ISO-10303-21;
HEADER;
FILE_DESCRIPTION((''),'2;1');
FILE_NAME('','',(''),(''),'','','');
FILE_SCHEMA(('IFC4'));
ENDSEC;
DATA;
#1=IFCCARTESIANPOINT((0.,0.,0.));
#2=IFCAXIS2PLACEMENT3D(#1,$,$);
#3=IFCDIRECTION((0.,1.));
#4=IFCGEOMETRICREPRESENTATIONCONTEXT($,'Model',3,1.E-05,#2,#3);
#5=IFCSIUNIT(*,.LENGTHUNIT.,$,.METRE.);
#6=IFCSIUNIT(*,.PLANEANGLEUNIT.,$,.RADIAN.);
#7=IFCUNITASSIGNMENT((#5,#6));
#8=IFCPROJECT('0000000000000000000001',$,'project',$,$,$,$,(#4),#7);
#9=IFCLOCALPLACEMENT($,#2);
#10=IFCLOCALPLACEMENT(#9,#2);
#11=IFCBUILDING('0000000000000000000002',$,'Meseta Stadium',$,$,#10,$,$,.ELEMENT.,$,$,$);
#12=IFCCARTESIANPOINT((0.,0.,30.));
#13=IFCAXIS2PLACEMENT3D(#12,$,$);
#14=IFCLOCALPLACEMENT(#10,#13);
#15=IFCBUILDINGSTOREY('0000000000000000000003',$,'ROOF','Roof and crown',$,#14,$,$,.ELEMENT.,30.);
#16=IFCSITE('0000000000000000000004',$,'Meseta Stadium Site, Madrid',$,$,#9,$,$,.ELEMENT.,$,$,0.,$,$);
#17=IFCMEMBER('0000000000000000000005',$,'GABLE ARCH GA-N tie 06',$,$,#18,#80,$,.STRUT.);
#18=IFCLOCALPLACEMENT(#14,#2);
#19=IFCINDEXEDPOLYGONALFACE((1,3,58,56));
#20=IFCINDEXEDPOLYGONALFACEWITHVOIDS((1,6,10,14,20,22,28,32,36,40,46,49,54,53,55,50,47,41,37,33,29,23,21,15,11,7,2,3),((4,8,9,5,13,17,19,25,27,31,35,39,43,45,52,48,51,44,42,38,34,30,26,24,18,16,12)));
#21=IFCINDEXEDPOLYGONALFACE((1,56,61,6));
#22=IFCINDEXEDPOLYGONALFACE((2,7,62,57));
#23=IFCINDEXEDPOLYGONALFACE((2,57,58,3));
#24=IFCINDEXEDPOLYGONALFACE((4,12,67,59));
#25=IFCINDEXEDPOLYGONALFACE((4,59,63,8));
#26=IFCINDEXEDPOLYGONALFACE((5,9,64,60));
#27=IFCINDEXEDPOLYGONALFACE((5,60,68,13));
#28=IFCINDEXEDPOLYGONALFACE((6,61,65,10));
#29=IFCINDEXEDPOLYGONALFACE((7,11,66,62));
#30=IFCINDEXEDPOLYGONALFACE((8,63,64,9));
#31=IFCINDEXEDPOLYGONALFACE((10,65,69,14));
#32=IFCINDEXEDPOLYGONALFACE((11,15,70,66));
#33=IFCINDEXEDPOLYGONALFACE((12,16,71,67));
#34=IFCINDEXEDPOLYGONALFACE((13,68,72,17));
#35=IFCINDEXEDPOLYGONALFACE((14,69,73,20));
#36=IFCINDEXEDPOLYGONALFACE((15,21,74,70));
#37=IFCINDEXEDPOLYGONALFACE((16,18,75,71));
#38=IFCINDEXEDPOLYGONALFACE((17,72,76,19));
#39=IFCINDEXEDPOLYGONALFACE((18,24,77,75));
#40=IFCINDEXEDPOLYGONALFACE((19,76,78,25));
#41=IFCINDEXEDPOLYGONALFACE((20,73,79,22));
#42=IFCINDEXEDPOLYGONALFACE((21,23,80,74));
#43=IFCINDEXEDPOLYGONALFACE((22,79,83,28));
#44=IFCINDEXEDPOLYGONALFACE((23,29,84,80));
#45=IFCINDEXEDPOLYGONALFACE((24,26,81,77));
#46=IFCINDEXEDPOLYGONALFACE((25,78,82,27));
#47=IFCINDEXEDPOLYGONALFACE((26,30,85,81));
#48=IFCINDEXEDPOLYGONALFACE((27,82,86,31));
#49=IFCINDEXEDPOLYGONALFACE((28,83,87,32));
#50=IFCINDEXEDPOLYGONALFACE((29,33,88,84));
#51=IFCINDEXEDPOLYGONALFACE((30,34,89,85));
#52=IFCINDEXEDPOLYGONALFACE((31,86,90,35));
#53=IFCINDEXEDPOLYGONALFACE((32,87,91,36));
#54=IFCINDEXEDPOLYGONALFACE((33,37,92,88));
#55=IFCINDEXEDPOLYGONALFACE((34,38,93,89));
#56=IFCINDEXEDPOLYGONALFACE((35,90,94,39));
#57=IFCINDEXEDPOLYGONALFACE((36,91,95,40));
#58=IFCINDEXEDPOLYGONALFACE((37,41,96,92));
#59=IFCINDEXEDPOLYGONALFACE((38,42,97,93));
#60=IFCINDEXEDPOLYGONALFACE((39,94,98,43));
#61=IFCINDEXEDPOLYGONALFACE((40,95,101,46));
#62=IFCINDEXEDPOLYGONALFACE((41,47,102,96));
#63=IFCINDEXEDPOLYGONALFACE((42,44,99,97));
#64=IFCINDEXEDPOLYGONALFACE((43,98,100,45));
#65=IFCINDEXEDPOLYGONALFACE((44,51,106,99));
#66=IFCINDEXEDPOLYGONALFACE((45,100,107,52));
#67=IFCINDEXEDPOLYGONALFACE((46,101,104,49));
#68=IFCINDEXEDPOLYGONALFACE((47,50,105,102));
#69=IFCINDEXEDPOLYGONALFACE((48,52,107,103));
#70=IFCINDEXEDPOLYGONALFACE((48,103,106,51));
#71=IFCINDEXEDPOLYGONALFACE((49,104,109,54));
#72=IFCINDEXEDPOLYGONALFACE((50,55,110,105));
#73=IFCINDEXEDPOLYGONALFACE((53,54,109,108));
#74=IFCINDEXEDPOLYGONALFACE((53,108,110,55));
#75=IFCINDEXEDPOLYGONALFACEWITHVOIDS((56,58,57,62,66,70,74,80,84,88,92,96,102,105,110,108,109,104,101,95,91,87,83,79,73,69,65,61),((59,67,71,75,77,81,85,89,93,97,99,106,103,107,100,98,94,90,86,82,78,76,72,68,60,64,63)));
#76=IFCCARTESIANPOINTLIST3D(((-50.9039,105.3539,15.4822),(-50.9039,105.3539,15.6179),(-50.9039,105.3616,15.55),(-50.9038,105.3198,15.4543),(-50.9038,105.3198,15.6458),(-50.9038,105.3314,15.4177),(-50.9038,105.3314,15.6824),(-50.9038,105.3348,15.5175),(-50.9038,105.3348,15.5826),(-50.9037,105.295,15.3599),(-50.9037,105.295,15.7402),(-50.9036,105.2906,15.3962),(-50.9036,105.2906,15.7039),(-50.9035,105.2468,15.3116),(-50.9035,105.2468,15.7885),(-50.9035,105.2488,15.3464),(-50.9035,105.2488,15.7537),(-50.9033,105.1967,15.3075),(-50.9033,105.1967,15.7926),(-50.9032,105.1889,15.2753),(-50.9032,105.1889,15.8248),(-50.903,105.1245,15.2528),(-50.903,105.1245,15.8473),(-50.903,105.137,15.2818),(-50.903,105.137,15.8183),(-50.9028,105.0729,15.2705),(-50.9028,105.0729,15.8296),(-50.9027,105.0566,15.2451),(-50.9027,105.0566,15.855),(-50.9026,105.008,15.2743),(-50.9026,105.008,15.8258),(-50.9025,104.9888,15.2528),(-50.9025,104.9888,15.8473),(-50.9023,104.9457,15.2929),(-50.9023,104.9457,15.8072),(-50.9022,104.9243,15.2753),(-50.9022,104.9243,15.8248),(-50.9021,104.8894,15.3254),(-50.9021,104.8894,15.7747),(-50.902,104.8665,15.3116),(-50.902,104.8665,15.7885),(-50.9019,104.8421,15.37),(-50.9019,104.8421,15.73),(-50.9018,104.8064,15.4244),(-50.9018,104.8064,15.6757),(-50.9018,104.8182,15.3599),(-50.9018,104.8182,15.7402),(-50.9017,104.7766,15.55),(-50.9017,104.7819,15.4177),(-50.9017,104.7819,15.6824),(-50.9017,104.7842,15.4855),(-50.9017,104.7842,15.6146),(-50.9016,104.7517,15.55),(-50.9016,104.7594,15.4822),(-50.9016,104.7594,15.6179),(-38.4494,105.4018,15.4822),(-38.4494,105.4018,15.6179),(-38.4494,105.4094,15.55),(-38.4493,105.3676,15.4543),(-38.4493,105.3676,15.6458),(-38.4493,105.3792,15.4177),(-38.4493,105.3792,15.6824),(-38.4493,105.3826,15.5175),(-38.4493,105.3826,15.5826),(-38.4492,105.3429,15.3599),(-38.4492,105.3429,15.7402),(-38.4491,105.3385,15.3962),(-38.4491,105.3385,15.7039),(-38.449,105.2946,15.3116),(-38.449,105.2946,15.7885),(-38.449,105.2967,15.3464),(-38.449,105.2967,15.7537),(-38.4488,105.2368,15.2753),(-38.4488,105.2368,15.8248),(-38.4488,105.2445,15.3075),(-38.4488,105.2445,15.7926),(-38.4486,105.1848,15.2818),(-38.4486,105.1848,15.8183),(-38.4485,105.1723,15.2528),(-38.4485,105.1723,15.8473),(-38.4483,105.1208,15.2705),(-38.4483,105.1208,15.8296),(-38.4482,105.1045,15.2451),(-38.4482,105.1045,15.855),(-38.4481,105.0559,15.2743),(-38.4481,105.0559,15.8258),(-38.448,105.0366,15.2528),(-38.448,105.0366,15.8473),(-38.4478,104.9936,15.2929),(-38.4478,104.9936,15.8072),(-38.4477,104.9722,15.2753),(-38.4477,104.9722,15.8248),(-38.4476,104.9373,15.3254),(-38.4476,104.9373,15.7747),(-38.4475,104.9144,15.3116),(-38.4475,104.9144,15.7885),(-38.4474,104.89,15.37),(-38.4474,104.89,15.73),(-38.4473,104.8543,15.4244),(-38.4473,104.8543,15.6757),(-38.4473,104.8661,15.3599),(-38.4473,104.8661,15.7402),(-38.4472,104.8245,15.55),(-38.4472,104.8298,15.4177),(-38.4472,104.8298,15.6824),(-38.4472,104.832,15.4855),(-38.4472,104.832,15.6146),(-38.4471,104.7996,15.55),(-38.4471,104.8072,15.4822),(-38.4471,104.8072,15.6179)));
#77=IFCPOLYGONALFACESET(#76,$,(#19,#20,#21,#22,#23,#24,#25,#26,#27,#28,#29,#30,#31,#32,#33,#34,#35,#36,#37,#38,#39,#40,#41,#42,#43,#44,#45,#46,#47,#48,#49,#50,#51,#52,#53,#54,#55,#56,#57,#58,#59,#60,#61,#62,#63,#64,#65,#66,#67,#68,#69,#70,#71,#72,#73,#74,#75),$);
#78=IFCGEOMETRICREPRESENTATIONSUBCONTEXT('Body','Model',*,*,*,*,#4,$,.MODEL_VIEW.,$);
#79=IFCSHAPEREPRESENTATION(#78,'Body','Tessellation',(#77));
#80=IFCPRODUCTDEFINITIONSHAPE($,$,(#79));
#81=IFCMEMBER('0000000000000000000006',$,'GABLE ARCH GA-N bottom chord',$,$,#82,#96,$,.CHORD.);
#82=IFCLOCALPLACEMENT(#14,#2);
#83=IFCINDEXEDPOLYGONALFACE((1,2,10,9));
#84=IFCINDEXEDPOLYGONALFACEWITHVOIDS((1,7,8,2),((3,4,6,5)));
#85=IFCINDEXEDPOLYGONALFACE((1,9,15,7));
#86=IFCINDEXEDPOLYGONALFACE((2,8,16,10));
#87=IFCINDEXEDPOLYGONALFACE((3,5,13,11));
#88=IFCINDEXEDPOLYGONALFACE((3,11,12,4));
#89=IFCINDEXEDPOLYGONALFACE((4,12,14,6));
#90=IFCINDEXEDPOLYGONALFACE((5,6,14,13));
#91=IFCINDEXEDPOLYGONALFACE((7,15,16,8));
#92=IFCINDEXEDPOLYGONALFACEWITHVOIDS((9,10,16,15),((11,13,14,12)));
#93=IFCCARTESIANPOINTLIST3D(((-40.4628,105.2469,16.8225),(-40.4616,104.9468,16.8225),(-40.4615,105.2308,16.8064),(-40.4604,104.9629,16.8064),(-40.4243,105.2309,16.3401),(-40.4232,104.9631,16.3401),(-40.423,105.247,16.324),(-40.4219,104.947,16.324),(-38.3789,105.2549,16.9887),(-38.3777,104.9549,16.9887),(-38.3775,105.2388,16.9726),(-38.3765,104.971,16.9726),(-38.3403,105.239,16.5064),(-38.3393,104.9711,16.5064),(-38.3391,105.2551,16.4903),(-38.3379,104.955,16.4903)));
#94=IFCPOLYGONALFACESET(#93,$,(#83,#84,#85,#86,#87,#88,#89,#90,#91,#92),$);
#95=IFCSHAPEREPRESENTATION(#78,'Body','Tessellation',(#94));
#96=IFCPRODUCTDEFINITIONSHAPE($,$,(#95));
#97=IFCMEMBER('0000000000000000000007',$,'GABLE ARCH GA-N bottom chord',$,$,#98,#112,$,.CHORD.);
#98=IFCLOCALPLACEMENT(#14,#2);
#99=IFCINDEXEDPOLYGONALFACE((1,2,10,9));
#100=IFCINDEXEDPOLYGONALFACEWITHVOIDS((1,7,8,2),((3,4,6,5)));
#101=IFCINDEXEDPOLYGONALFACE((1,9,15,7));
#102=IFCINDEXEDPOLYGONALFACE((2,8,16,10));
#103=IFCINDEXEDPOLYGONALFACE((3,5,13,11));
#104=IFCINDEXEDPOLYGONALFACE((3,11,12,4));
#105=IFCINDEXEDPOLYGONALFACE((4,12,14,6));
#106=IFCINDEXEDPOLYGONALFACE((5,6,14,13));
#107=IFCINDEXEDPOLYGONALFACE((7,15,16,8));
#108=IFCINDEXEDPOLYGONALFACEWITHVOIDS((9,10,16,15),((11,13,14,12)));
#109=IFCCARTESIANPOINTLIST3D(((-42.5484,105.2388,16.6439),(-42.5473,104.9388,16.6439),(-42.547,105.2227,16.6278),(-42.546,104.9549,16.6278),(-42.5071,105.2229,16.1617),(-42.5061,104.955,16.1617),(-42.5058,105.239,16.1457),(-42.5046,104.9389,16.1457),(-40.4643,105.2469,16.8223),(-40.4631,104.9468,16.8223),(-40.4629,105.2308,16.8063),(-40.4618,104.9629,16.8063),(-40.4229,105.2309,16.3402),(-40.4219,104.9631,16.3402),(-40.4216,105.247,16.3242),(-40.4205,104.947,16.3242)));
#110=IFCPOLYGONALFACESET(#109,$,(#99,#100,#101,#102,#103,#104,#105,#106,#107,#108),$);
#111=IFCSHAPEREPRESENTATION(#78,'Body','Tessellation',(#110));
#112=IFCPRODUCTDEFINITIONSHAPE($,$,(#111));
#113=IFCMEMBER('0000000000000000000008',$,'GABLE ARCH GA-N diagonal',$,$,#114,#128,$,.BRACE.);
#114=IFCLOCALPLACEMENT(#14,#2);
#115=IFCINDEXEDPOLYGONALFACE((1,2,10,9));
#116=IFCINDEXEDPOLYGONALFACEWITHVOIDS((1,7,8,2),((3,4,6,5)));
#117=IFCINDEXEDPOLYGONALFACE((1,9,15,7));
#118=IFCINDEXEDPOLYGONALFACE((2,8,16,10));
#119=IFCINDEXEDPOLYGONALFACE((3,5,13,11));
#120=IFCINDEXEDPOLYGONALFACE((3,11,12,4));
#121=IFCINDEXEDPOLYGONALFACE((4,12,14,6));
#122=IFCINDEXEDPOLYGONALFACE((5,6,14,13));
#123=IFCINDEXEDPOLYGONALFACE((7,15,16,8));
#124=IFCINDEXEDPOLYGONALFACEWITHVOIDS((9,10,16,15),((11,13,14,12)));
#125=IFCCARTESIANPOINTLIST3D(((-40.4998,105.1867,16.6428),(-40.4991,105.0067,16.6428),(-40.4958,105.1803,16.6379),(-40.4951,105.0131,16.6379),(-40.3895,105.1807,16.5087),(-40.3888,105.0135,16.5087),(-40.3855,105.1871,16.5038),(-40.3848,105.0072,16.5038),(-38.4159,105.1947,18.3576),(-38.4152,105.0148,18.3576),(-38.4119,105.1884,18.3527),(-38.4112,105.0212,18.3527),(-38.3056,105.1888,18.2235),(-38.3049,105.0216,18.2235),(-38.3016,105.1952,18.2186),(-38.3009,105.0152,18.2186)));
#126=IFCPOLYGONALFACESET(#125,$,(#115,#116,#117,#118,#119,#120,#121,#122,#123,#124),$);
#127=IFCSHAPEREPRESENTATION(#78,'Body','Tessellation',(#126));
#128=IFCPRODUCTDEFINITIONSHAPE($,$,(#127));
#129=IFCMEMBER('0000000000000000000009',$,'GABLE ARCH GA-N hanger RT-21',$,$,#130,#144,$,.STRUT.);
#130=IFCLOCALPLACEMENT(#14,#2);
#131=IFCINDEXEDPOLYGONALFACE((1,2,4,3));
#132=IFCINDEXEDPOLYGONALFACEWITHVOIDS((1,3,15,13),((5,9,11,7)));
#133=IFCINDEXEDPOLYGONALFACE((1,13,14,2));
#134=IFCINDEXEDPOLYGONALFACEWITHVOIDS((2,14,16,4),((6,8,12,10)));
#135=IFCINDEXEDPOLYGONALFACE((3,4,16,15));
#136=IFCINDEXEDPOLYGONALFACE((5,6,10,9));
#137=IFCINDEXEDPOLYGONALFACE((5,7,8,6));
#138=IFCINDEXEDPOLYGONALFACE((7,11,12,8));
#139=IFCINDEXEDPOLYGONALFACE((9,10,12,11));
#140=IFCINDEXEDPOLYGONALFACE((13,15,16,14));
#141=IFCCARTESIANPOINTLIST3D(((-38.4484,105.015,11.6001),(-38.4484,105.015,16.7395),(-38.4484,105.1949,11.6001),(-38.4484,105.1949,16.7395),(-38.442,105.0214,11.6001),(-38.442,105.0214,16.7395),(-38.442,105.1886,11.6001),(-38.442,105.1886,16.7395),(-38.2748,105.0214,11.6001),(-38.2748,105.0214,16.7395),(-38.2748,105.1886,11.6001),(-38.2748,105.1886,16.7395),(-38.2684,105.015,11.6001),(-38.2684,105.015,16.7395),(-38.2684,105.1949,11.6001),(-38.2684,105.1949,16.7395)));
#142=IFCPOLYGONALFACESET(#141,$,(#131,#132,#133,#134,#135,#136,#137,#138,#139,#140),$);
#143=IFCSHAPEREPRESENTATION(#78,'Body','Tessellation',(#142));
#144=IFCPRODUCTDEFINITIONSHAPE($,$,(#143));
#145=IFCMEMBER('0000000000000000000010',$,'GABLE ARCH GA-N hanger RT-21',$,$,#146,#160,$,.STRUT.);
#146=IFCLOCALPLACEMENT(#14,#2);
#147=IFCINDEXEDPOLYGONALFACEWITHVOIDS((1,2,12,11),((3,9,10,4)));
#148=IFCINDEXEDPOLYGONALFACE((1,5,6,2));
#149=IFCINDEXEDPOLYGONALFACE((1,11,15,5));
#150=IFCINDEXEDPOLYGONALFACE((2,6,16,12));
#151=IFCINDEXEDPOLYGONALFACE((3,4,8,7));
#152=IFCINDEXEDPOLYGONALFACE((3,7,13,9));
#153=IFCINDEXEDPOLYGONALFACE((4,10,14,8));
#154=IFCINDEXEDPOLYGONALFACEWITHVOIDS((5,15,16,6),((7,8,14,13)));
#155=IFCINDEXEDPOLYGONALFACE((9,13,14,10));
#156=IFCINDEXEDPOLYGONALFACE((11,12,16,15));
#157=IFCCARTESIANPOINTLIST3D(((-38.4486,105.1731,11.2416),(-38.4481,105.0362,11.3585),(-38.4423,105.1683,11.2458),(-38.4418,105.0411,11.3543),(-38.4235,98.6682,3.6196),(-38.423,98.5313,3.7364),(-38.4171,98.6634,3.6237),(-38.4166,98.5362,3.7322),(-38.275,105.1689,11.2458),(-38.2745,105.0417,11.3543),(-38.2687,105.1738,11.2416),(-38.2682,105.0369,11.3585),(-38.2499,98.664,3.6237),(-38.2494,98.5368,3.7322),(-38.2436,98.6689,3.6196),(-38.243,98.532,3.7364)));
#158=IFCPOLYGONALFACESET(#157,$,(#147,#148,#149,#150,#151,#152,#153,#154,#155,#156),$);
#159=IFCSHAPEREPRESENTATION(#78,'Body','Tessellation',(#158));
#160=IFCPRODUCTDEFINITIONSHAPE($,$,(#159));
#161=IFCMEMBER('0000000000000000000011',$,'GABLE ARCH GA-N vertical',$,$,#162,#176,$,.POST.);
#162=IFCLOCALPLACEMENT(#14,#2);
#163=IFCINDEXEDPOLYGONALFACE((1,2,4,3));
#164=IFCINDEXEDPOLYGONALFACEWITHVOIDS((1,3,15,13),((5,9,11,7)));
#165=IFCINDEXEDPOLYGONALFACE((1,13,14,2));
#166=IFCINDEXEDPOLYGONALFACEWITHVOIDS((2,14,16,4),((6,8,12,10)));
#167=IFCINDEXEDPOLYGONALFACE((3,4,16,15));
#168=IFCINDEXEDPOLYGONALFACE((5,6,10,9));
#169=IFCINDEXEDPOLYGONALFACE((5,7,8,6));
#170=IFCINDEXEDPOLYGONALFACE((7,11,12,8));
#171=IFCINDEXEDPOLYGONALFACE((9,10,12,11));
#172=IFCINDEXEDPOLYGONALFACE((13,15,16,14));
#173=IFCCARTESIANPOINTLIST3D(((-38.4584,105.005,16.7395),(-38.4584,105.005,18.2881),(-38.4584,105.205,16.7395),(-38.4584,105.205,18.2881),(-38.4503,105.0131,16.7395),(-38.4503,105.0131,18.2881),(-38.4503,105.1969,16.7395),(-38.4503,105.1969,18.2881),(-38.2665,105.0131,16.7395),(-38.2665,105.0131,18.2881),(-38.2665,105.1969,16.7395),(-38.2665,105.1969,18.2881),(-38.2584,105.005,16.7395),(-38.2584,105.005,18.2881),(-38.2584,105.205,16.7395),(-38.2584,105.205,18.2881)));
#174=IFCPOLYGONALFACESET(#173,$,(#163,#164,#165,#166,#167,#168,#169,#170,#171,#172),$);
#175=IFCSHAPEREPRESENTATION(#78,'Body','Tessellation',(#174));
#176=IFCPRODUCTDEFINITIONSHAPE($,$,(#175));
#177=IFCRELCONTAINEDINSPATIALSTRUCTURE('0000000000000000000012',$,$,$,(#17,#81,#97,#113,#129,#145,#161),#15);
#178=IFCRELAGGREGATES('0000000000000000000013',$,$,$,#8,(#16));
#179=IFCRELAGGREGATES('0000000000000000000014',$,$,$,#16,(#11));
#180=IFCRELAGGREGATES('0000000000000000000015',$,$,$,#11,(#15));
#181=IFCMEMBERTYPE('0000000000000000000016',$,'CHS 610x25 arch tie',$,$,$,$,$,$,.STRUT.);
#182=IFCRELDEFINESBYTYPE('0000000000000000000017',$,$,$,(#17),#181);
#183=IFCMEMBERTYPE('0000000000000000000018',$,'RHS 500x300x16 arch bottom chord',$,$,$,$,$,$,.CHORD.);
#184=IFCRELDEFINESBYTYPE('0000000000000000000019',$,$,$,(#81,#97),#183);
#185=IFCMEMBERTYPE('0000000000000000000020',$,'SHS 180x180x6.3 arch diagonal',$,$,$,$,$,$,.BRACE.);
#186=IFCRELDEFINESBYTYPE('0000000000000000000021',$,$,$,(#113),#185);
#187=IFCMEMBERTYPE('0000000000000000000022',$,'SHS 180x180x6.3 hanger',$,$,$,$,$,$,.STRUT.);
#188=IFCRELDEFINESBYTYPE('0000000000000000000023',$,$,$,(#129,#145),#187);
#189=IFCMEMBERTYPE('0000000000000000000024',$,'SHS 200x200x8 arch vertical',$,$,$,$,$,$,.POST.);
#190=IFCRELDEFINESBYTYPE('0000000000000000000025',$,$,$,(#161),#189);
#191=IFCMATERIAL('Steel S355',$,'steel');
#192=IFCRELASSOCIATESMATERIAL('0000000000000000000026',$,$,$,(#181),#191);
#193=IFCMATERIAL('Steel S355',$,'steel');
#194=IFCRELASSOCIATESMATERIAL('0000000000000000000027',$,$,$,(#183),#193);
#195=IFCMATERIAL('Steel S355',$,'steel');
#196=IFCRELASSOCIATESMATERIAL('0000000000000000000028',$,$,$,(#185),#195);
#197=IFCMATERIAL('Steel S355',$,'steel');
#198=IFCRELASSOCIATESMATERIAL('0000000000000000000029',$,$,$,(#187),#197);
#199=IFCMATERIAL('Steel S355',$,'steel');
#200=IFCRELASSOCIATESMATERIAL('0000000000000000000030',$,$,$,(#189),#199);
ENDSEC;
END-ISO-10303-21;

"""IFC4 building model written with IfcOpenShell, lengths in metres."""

from ifc_helpers import new_model, si_unit, direction, frame, origin, origin_2d, place, context, subcontext, project, spatial, hollow_rectangle, hollow_circle, extrude, material, material_profile, profile_set, type_object, element, save


model = new_model("IFC4")

# Units and contexts
model_context = context("Model", 3, precision=1e-05, world=origin(), true_north=direction((0.0, 1.0)))
body_context = subcontext(model_context, "Body", "Model", "MODEL_VIEW")
ifc_project = project(units=[si_unit("LENGTHUNIT", "METRE"), si_unit("PLANEANGLEUNIT", "RADIAN")], contexts=[model_context])

# Site, building, storey
site_placement = place(None, origin())
site = spatial("IfcSite", under=ifc_project, at=site_placement, Name="Meseta Stadium Site, Madrid", CompositionType="ELEMENT", RefElevation=0.0)
building_placement = place(site_placement, origin())
building = spatial("IfcBuilding", under=site, at=building_placement, Name="Meseta Stadium", CompositionType="ELEMENT")
storey_placement = place(building_placement, frame((0.0, 0.0, 30.0)))
storey = spatial("IfcBuildingStorey", under=building, at=storey_placement, Name="ROOF", Description="Roof and crown", CompositionType="ELEMENT", Elevation=30.0)

# Members
ifc_material_1 = material(Name="Steel S355", Category="steel")
ifc_material_profile_1 = material_profile(ifc_material_1, hollow_circle(Radius=0.3049, WallThickness=0.0249, at=origin_2d()), Name="CHS 610x25")
ifc_profile_set_1 = profile_set([ifc_material_profile_1], Name="Steel S355")
member_type_1 = type_object("IfcMemberType", Name="CHS 610x25 arch tie", PredefinedType="STRUT", material=ifc_profile_set_1)
member_1_placement = place(storey_placement, frame((-38.4482, 105.1045, 15.55), z_axis=(-0.999993, -0.003842, 0.0), x_axis=(0.003842, -0.999993, 0.0)))
element("IfcMember", 1, at=member_1_placement, inside=storey, type_object=member_type_1, Name="GABLE ARCH GA-N tie 06", PredefinedType="STRUT", context=body_context, shape_type="SweptSolid", body=[
    extrude(hollow_circle(Radius=0.3049, WallThickness=0.0249, at=origin_2d()), origin(), (0.0, 0.0, 1.0), 12.4546),
])
ifc_material_2 = material(Name="Steel S355", Category="steel")
ifc_material_profile_2 = material_profile(ifc_material_2, hollow_rectangle(XDim=0.3, YDim=0.5, WallThickness=0.0161, at=origin_2d()), Name="RHS 500x300x16")
ifc_profile_set_2 = profile_set([ifc_material_profile_2], Name="Steel S355")
member_type_2 = type_object("IfcMemberType", Name="RHS 500x300x16 arch bottom chord", PredefinedType="CHORD", material=ifc_profile_set_2)
member_2_placement = place(storey_placement, frame((-38.3584, 105.105, 16.7395), z_axis=(-0.996825, -0.003854, -0.079526), x_axis=(0.003866, -0.999993, 0.0)))
element("IfcMember", 2, at=member_2_placement, inside=storey, type_object=member_type_2, Name="GABLE ARCH GA-N bottom chord", PredefinedType="CHORD", context=body_context, shape_type="SweptSolid", body=[
    extrude(hollow_rectangle(XDim=0.3, YDim=0.5, WallThickness=0.0161, at=origin_2d()), origin(), (0.0, 0.0, 1.0), 2.0906),
])
member_3_placement = place(storey_placement, frame((-40.4424, 105.0969, 16.5732), z_axis=(-0.996347, -0.003851, -0.085314), x_axis=(0.003865, -0.999993, 0.0)))
element("IfcMember", 3, at=member_3_placement, inside=storey, type_object=member_type_2, Name="GABLE ARCH GA-N bottom chord", PredefinedType="CHORD", context=body_context, shape_type="SweptSolid", body=[
    extrude(hollow_rectangle(XDim=0.3, YDim=0.5, WallThickness=0.0161, at=origin_2d()), origin(), (0.0, 0.0, 1.0), 2.0918),
])
ifc_material_3 = material(Name="Steel S355", Category="steel")
ifc_material_profile_3 = material_profile(ifc_material_3, hollow_rectangle(XDim=0.1799, YDim=0.1799, WallThickness=0.0063, at=origin_2d()), Name="SHS 180x180x6.3")
ifc_profile_set_3 = profile_set([ifc_material_profile_3], Name="Steel S355")
member_type_3 = type_object("IfcMemberType", Name="SHS 180x180x6.3 arch diagonal", PredefinedType="BRACE", material=ifc_profile_set_3)
member_4_placement = place(storey_placement, frame((-38.3584, 105.105, 18.2881), z_axis=(-0.772177, -0.002985, -0.6354), x_axis=(0.003866, -0.999993, 0.0)))
element("IfcMember", 4, at=member_4_placement, inside=storey, type_object=member_type_3, Name="GABLE ARCH GA-N diagonal", PredefinedType="BRACE", context=body_context, shape_type="SweptSolid", body=[
    extrude(hollow_rectangle(XDim=0.1799, YDim=0.1799, WallThickness=0.0063, at=origin_2d()), origin(), (0.0, 0.0, 1.0), 2.6987),
])
ifc_material_4 = material(Name="Steel S355", Category="steel")
ifc_material_profile_4 = material_profile(ifc_material_4, hollow_rectangle(XDim=0.1799, YDim=0.1799, WallThickness=0.0063, at=origin_2d()), Name="SHS 180x180x6.3")
ifc_profile_set_4 = profile_set([ifc_material_profile_4], Name="Steel S355")
member_type_4 = type_object("IfcMemberType", Name="SHS 180x180x6.3 hanger", PredefinedType="STRUT", material=ifc_profile_set_4)
member_5_placement = place(storey_placement, frame((-38.3584, 105.105, 16.7395), z_axis=(0.0, 0.0, -1.0), x_axis=(1.0, 0.0, 0.0)))
element("IfcMember", 5, at=member_5_placement, inside=storey, type_object=member_type_4, Name="GABLE ARCH GA-N hanger RT-21", PredefinedType="STRUT", context=body_context, shape_type="SweptSolid", body=[
    extrude(hollow_rectangle(XDim=0.1799, YDim=0.1799, WallThickness=0.0063, at=origin_2d()), origin(), (0.0, 0.0, 1.0), 5.1394),
])
member_6_placement = place(storey_placement, frame((-38.3584, 105.105, 11.3), z_axis=(0.00251, -0.649159, -0.760649), x_axis=(0.999993, 0.003866, 0.0)))
element("IfcMember", 6, at=member_6_placement, inside=storey, type_object=member_type_4, Name="GABLE ARCH GA-N hanger RT-21", PredefinedType="STRUT", context=body_context, shape_type="SweptSolid", body=[
    extrude(hollow_rectangle(XDim=0.1799, YDim=0.1799, WallThickness=0.0063, at=origin_2d()), origin(), (0.0, 0.0, 1.0), 10.0205),
])
ifc_material_5 = material(Name="Steel S355", Category="steel")
ifc_material_profile_5 = material_profile(ifc_material_5, hollow_rectangle(XDim=0.2, YDim=0.2, WallThickness=0.0081, at=origin_2d()), Name="SHS 200x200x8")
ifc_profile_set_5 = profile_set([ifc_material_profile_5], Name="Steel S355")
member_type_5 = type_object("IfcMemberType", Name="SHS 200x200x8 arch vertical", PredefinedType="POST", material=ifc_profile_set_5)
member_7_placement = place(storey_placement, frame((-38.3584, 105.105, 16.7395), z_axis=(0.0, 0.0, 1.0), x_axis=(1.0, 0.0, 0.0)))
element("IfcMember", 7, at=member_7_placement, inside=storey, type_object=member_type_5, Name="GABLE ARCH GA-N vertical", PredefinedType="POST", context=body_context, shape_type="SweptSolid", body=[
    extrude(hollow_rectangle(XDim=0.2, YDim=0.2, WallThickness=0.0081, at=origin_2d()), origin(), (0.0, 0.0, 1.0), 1.5486),
])

save(model, "model.ifc")
